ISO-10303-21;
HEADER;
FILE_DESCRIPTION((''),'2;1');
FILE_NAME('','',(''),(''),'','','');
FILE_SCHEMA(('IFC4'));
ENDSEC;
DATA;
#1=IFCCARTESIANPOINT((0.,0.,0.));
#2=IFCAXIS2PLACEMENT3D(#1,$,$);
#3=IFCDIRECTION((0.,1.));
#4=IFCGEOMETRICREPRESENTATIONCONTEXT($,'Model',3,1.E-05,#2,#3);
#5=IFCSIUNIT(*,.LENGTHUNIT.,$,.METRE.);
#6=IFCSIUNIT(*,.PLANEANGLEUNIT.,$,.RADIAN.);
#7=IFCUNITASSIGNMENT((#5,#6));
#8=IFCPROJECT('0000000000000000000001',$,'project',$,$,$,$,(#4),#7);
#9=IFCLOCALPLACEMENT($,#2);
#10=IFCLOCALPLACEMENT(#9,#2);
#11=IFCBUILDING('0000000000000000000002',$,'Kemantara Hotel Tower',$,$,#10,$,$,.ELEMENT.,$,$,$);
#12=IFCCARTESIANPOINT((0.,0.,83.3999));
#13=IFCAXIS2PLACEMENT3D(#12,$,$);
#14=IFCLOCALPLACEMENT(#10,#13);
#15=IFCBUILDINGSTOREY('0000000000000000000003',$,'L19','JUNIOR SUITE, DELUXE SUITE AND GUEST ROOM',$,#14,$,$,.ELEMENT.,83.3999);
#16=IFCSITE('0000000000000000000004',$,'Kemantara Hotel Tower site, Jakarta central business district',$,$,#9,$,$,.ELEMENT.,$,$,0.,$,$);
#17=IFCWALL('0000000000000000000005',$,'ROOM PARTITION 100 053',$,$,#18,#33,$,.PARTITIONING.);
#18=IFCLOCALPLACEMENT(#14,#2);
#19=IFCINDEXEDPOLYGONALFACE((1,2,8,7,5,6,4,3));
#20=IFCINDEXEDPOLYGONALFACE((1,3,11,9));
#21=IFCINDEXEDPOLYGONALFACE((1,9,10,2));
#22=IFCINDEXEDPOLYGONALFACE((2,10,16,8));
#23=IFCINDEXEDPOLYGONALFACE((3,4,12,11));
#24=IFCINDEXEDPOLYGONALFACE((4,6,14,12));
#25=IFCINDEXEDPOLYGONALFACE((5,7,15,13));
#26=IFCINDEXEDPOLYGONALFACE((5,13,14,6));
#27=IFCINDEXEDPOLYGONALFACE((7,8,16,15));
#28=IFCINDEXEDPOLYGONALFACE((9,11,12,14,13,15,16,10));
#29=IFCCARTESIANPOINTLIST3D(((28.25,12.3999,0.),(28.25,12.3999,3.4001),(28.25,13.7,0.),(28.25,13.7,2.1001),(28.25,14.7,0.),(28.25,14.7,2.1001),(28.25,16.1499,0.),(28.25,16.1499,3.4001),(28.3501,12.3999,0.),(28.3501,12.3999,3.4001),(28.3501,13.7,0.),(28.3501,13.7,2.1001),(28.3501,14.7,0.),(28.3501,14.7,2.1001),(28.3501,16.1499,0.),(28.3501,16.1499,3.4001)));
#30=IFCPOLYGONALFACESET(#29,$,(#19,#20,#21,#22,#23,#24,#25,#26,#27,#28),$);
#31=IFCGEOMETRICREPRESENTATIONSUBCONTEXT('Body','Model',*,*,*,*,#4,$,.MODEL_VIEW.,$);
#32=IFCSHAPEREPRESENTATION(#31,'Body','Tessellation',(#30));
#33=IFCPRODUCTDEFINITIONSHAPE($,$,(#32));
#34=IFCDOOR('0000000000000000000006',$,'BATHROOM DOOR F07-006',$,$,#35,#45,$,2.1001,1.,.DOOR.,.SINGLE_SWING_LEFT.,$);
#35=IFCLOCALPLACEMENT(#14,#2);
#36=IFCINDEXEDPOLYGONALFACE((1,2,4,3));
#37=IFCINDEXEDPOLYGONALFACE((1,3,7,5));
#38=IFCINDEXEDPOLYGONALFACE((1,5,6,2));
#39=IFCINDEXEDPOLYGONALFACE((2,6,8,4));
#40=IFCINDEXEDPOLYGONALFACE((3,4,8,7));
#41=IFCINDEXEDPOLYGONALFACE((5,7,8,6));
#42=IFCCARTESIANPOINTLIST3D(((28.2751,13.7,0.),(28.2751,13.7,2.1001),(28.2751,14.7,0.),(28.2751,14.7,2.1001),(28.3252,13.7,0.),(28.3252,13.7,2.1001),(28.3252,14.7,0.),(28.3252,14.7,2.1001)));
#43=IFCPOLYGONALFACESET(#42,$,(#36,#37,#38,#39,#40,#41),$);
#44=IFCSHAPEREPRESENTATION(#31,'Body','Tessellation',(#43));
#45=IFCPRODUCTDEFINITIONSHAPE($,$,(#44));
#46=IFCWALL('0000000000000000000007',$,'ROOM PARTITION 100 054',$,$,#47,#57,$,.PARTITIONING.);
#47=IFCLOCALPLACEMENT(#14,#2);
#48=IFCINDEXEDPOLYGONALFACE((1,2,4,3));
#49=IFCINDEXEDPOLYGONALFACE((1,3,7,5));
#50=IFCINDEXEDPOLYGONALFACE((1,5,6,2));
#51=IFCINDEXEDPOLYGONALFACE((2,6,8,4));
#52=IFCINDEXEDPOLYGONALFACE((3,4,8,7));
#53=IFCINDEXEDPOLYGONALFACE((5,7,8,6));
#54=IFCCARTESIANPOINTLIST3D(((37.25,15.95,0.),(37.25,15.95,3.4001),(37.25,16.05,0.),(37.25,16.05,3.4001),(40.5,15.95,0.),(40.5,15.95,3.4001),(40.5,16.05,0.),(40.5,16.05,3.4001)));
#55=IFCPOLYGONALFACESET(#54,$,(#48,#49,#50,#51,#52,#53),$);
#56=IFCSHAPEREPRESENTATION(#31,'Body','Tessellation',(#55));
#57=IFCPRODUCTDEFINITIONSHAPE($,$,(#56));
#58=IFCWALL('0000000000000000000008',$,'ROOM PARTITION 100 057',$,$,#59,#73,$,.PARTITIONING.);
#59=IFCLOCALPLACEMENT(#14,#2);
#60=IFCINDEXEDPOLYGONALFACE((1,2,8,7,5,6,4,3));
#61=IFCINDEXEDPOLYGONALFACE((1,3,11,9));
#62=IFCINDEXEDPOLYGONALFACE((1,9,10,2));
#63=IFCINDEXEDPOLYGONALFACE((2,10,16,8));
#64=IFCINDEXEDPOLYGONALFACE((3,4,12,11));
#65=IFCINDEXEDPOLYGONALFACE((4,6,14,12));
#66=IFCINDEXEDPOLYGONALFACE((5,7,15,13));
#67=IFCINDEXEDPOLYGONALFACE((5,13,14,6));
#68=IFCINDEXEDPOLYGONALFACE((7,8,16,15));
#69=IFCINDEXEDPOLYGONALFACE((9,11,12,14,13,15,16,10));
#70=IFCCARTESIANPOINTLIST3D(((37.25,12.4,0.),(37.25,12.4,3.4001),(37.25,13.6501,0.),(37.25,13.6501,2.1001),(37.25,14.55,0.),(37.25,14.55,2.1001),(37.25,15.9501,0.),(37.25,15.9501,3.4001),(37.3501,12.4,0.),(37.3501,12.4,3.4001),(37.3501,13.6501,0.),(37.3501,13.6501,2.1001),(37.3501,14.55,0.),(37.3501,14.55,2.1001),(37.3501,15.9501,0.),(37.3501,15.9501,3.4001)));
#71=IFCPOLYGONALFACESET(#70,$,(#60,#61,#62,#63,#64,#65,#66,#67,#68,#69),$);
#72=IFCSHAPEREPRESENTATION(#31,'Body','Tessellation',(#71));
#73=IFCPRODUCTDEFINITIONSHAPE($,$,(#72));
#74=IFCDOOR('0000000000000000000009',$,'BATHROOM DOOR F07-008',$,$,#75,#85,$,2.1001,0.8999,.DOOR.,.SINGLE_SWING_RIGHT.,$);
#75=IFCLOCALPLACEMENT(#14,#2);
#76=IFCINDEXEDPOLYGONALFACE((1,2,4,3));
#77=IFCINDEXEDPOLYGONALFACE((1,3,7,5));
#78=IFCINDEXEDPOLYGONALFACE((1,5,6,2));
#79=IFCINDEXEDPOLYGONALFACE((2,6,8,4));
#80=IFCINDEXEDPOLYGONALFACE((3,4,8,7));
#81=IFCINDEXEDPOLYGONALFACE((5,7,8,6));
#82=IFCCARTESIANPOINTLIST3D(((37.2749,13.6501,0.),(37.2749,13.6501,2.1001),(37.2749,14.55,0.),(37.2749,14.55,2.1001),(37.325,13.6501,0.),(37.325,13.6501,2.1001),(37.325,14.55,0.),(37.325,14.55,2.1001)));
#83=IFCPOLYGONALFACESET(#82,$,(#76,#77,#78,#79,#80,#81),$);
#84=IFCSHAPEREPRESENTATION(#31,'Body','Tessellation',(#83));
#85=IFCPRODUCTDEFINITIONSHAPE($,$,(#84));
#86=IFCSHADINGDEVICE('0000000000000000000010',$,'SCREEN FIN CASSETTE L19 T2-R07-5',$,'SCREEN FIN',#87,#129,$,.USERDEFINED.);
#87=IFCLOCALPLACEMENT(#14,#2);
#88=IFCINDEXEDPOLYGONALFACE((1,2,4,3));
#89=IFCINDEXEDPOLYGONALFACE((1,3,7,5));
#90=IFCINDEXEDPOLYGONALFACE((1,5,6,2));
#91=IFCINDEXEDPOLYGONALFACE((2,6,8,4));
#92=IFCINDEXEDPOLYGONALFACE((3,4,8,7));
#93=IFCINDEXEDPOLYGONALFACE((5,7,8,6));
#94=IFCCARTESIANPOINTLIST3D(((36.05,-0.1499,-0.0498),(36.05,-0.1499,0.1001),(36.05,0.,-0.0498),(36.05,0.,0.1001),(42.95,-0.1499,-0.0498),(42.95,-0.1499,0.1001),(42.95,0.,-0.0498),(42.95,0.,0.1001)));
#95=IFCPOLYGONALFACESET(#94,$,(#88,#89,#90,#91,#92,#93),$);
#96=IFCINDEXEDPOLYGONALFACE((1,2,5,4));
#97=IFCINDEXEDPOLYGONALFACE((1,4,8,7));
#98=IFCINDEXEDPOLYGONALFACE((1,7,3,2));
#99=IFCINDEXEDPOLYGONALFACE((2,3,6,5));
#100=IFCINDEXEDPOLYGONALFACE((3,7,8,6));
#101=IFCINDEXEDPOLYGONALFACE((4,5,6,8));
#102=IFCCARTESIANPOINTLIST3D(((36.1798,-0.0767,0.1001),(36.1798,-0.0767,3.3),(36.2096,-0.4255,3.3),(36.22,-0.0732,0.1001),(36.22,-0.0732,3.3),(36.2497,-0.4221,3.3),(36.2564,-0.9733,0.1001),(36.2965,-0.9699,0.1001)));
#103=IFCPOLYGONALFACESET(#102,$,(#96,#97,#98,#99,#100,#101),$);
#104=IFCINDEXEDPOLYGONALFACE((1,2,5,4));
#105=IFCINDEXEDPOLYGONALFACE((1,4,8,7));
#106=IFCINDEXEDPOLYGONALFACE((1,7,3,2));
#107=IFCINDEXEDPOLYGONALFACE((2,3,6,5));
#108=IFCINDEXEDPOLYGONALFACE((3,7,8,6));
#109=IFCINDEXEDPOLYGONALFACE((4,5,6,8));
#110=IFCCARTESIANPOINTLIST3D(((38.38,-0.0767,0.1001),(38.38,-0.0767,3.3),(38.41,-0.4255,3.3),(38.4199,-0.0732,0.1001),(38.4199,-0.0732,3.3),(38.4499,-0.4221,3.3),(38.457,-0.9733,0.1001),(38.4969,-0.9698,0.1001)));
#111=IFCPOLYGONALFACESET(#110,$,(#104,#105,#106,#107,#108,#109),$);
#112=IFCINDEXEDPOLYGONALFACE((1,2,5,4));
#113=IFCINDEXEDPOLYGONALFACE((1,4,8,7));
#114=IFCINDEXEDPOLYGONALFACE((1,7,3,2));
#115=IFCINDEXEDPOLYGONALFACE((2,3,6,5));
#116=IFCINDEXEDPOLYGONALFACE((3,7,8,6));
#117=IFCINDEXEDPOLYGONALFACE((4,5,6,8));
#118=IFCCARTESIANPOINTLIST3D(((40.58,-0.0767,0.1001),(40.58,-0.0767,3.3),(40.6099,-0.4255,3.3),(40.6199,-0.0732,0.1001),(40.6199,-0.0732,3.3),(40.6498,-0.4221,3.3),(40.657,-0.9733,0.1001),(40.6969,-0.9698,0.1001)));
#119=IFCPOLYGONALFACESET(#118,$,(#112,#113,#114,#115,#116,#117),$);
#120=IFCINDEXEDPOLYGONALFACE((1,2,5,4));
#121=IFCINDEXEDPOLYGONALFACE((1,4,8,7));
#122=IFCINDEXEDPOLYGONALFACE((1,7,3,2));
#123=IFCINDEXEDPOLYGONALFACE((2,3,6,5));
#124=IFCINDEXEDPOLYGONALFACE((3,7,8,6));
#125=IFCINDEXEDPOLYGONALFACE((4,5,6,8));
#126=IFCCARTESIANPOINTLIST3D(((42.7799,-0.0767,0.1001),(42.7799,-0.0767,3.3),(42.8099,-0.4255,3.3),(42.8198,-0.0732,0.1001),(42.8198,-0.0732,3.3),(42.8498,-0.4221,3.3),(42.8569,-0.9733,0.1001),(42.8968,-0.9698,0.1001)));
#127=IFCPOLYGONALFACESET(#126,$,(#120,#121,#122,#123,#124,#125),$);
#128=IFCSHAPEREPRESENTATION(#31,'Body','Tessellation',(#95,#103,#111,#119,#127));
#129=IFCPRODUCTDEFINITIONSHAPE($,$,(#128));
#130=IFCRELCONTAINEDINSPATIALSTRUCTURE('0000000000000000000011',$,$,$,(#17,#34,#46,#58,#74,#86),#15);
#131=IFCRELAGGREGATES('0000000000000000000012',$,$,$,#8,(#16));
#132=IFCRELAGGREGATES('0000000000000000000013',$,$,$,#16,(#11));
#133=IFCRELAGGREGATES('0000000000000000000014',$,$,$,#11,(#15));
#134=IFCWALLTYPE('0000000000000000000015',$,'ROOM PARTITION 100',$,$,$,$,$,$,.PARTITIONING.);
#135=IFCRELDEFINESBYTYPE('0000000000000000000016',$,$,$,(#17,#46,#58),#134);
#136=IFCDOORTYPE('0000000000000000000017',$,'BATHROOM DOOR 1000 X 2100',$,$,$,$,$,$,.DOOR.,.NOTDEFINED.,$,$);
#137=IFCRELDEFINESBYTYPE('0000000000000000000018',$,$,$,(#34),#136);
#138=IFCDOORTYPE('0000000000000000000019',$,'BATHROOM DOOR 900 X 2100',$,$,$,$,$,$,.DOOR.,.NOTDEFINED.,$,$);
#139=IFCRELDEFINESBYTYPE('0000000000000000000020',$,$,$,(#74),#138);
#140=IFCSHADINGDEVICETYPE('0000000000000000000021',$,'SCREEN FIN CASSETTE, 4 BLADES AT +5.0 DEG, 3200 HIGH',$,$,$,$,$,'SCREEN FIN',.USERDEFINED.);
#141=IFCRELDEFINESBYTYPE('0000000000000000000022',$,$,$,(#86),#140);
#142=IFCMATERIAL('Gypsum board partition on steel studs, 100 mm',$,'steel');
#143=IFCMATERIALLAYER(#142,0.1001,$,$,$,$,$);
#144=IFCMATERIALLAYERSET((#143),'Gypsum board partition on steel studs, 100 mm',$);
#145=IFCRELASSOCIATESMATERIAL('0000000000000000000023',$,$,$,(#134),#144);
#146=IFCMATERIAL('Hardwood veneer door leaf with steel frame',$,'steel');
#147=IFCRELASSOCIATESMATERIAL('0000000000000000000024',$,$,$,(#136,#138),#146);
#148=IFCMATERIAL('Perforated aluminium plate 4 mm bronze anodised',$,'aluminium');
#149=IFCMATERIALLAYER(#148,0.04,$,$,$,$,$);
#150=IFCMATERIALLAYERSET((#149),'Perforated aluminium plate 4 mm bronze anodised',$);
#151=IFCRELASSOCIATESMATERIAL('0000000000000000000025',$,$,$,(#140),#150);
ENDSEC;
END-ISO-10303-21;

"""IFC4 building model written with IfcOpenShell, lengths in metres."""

from ifc_helpers import new_model, si_unit, direction, frame, frame_2d, origin, origin_2d, place, context, subcontext, project, spatial, polyline, rectangle, outline, extrude, source, transform, mapped, material, layer, layer_set, type_object, element, fill, save


model = new_model("IFC4")

# Units and contexts
model_context = context("Model", 3, precision=1e-05, world=origin(), true_north=direction((0.0, 1.0)))
body_context = subcontext(model_context, "Body", "Model", "MODEL_VIEW")
ifc_project = project(units=[si_unit("LENGTHUNIT", "METRE"), si_unit("PLANEANGLEUNIT", "RADIAN")], contexts=[model_context])

# Site, building, storey
site_placement = place(None, origin())
site = spatial("IfcSite", under=ifc_project, at=site_placement, Name="Kemantara Hotel Tower site, Jakarta central business district", CompositionType="ELEMENT", RefElevation=0.0)
building_placement = place(site_placement, origin())
building = spatial("IfcBuilding", under=site, at=building_placement, Name="Kemantara Hotel Tower", CompositionType="ELEMENT")
storey_placement = place(building_placement, frame((0.0, 0.0, 83.3999)))
storey = spatial("IfcBuildingStorey", under=building, at=storey_placement, Name="L19", Description="JUNIOR SUITE, DELUXE SUITE AND GUEST ROOM", CompositionType="ELEMENT", Elevation=83.3999)

# Shared definitions
ifc_material_1 = material(Name="Hardwood veneer door leaf with steel frame", Category="steel")

# Wall, opening, door
ifc_material_2 = material(Name="Gypsum board partition on steel studs, 100 mm", Category="steel")
ifc_layer_1 = layer(ifc_material_2, 0.1001)
ifc_layer_set_1 = layer_set([ifc_layer_1], Name="Gypsum board partition on steel studs, 100 mm")
wall_type_1 = type_object("IfcWallType", Name="ROOM PARTITION 100", PredefinedType="PARTITIONING", material=ifc_layer_set_1)
wall_1_placement = place(storey_placement, frame((28.3, 12.3999, 0.0), z_axis=(0.0, 0.0, 1.0), x_axis=(0.0, 1.0, 0.0)))
wall_1 = element("IfcWall", 1, at=wall_1_placement, inside=storey, type_object=wall_type_1, Name="ROOM PARTITION 100 053", PredefinedType="PARTITIONING", context=body_context, shape_type="SweptSolid", body=[
    extrude(rectangle(XDim=3.75, YDim=0.1001, at=frame_2d((1.875, 0.0))), origin(), (0.0, 0.0, 1.0), 3.4001),
])
opening_1_placement = place(wall_1_placement, frame((1.3, 0.0, 0.0)))
opening_1 = element("IfcOpeningElement", 2, at=opening_1_placement, cuts=wall_1, PredefinedType="OPENING", context=body_context, shape_type="SweptSolid", body=[
    extrude(rectangle(XDim=1.0, YDim=2.1001, at=frame_2d((0.5, 1.05))), frame((0.0, 0.0601, 0.0), z_axis=(0.0, -1.0, 0.0), x_axis=(1.0, 0.0, 0.0)), (0.0, 0.0, 1.0), 0.1201),
])
door_type_1 = type_object("IfcDoorType", Name="BATHROOM DOOR 1000 X 2100", OperationType="NOTDEFINED", PredefinedType="DOOR", material=ifc_material_1)
door_1_placement = place(opening_1_placement, origin())
door_1 = element("IfcDoor", 3, at=door_1_placement, inside=storey, type_object=door_type_1, Name="BATHROOM DOOR F07-006", OperationType="SINGLE_SWING_LEFT", OverallHeight=2.1001, OverallWidth=1.0, PredefinedType="DOOR", context=body_context, shape_type="SweptSolid", body=[
    extrude(rectangle(XDim=1.0, YDim=2.1001, at=frame_2d((0.5, 1.05))), frame((0.0, 0.0249, 0.0), z_axis=(0.0, -1.0, 0.0), x_axis=(1.0, 0.0, 0.0)), (0.0, 0.0, 1.0), 0.05),
])
fill(opening_1, door_1)

# Wall
wall_2_placement = place(storey_placement, frame((37.25, 16.0, 0.0), z_axis=(0.0, 0.0, 1.0), x_axis=(1.0, 0.0, 0.0)))
element("IfcWall", 4, at=wall_2_placement, inside=storey, type_object=wall_type_1, Name="ROOM PARTITION 100 054", PredefinedType="PARTITIONING", context=body_context, shape_type="SweptSolid", body=[
    extrude(rectangle(XDim=3.25, YDim=0.1001, at=frame_2d((1.625, 0.0))), origin(), (0.0, 0.0, 1.0), 3.4001),
])

# Wall, opening, door
wall_3_placement = place(storey_placement, frame((37.3, 15.95, 0.0), z_axis=(0.0, 0.0, 1.0), x_axis=(0.0, -1.0, 0.0)))
wall_3 = element("IfcWall", 5, at=wall_3_placement, inside=storey, type_object=wall_type_1, Name="ROOM PARTITION 100 057", PredefinedType="PARTITIONING", context=body_context, shape_type="SweptSolid", body=[
    extrude(rectangle(XDim=3.55, YDim=0.1001, at=frame_2d((1.7749, 0.0))), origin(), (0.0, 0.0, 1.0), 3.4001),
])
opening_2_placement = place(wall_3_placement, frame((1.3999, 0.0, 0.0)))
opening_2 = element("IfcOpeningElement", 6, at=opening_2_placement, cuts=wall_3, PredefinedType="OPENING", context=body_context, shape_type="SweptSolid", body=[
    extrude(rectangle(XDim=0.8999, YDim=2.1001, at=frame_2d((0.45, 1.05))), frame((0.0, 0.0601, 0.0), z_axis=(0.0, -1.0, 0.0), x_axis=(1.0, 0.0, 0.0)), (0.0, 0.0, 1.0), 0.1201),
])
door_type_2 = type_object("IfcDoorType", Name="BATHROOM DOOR 900 X 2100", OperationType="NOTDEFINED", PredefinedType="DOOR", material=ifc_material_1)
door_2_placement = place(opening_2_placement, origin())
door_2 = element("IfcDoor", 7, at=door_2_placement, inside=storey, type_object=door_type_2, Name="BATHROOM DOOR F07-008", OperationType="SINGLE_SWING_RIGHT", OverallHeight=2.1001, OverallWidth=0.8999, PredefinedType="DOOR", context=body_context, shape_type="SweptSolid", body=[
    extrude(rectangle(XDim=0.8999, YDim=2.1001, at=frame_2d((0.45, 1.05))), frame((0.0, 0.0249, 0.0), z_axis=(0.0, -1.0, 0.0), x_axis=(1.0, 0.0, 0.0)), (0.0, 0.0, 1.0), 0.05),
])
fill(opening_2, door_2)

# Shading device
ifc_material_3 = material(Name="Perforated aluminium plate 4 mm bronze anodised", Category="aluminium")
ifc_layer_2 = layer(ifc_material_3, 0.04)
ifc_layer_set_2 = layer_set([ifc_layer_2], Name="Perforated aluminium plate 4 mm bronze anodised")
shading_device_type = type_object("IfcShadingDeviceType", Name="SCREEN FIN CASSETTE, 4 BLADES AT +5.0 DEG, 3200 HIGH", ElementType="SCREEN FIN", PredefinedType="USERDEFINED", material=ifc_layer_set_2)
shared_shape_1 = source(origin(), body_context, "Body", "SweptSolid", [
    extrude(rectangle(XDim=6.8999, YDim=0.1499, at=origin_2d()), frame((3.3, -0.075, -0.1499), z_axis=(0.0, 0.0, 1.0), x_axis=(1.0, 0.0, 0.0)), (0.0, 0.0, 1.0), 0.1499),
    extrude(outline(polyline([(0.0, 0.0), (0.8999, 0.0), (0.3501, 3.2), (0.0, 3.2), (0.0, 0.0)])), frame((0.02, -0.0732, 0.0), z_axis=(-0.996376, -0.085056, 0.0), x_axis=(0.085056, -0.996376, 0.0)), (0.0, 0.0, 1.0), 0.0403),
    extrude(outline(polyline([(0.0, 0.0), (0.8999, 0.0), (0.3501, 3.2), (0.0, 3.2), (0.0, 0.0)])), frame((2.22, -0.0732, 0.0), z_axis=(-0.996332, -0.085575, 0.0), x_axis=(0.085575, -0.996332, 0.0)), (0.0, 0.0, 1.0), 0.04),
    extrude(outline(polyline([(0.0, 0.0), (0.8999, 0.0), (0.3501, 3.2), (0.0, 3.2), (0.0, 0.0)])), frame((4.4199, -0.0732, 0.0), z_axis=(-0.996332, -0.085575, 0.0), x_axis=(0.085575, -0.996332, 0.0)), (0.0, 0.0, 1.0), 0.04),
    extrude(outline(polyline([(0.0, 0.0), (0.8999, 0.0), (0.3501, 3.2), (0.0, 3.2), (0.0, 0.0)])), frame((6.6199, -0.0732, 0.0), z_axis=(-0.996332, -0.085575, 0.0), x_axis=(0.085575, -0.996332, 0.0)), (0.0, 0.0, 1.0), 0.04),
])
shading_device_placement = place(storey_placement, frame((36.2, 0.0, 0.1001), z_axis=(0.0, 0.0, 1.0), x_axis=(1.0, 0.0, 0.0)))
element("IfcShadingDevice", 8, at=shading_device_placement, inside=storey, type_object=shading_device_type, Name="SCREEN FIN CASSETTE L19 T2-R07-5", ObjectType="SCREEN FIN", PredefinedType="USERDEFINED", context=body_context, shape_type="MappedRepresentation", body=[
    mapped(shared_shape_1, transform((0.0, 0.0, 0.0))),
])

save(model, "model.ifc")
